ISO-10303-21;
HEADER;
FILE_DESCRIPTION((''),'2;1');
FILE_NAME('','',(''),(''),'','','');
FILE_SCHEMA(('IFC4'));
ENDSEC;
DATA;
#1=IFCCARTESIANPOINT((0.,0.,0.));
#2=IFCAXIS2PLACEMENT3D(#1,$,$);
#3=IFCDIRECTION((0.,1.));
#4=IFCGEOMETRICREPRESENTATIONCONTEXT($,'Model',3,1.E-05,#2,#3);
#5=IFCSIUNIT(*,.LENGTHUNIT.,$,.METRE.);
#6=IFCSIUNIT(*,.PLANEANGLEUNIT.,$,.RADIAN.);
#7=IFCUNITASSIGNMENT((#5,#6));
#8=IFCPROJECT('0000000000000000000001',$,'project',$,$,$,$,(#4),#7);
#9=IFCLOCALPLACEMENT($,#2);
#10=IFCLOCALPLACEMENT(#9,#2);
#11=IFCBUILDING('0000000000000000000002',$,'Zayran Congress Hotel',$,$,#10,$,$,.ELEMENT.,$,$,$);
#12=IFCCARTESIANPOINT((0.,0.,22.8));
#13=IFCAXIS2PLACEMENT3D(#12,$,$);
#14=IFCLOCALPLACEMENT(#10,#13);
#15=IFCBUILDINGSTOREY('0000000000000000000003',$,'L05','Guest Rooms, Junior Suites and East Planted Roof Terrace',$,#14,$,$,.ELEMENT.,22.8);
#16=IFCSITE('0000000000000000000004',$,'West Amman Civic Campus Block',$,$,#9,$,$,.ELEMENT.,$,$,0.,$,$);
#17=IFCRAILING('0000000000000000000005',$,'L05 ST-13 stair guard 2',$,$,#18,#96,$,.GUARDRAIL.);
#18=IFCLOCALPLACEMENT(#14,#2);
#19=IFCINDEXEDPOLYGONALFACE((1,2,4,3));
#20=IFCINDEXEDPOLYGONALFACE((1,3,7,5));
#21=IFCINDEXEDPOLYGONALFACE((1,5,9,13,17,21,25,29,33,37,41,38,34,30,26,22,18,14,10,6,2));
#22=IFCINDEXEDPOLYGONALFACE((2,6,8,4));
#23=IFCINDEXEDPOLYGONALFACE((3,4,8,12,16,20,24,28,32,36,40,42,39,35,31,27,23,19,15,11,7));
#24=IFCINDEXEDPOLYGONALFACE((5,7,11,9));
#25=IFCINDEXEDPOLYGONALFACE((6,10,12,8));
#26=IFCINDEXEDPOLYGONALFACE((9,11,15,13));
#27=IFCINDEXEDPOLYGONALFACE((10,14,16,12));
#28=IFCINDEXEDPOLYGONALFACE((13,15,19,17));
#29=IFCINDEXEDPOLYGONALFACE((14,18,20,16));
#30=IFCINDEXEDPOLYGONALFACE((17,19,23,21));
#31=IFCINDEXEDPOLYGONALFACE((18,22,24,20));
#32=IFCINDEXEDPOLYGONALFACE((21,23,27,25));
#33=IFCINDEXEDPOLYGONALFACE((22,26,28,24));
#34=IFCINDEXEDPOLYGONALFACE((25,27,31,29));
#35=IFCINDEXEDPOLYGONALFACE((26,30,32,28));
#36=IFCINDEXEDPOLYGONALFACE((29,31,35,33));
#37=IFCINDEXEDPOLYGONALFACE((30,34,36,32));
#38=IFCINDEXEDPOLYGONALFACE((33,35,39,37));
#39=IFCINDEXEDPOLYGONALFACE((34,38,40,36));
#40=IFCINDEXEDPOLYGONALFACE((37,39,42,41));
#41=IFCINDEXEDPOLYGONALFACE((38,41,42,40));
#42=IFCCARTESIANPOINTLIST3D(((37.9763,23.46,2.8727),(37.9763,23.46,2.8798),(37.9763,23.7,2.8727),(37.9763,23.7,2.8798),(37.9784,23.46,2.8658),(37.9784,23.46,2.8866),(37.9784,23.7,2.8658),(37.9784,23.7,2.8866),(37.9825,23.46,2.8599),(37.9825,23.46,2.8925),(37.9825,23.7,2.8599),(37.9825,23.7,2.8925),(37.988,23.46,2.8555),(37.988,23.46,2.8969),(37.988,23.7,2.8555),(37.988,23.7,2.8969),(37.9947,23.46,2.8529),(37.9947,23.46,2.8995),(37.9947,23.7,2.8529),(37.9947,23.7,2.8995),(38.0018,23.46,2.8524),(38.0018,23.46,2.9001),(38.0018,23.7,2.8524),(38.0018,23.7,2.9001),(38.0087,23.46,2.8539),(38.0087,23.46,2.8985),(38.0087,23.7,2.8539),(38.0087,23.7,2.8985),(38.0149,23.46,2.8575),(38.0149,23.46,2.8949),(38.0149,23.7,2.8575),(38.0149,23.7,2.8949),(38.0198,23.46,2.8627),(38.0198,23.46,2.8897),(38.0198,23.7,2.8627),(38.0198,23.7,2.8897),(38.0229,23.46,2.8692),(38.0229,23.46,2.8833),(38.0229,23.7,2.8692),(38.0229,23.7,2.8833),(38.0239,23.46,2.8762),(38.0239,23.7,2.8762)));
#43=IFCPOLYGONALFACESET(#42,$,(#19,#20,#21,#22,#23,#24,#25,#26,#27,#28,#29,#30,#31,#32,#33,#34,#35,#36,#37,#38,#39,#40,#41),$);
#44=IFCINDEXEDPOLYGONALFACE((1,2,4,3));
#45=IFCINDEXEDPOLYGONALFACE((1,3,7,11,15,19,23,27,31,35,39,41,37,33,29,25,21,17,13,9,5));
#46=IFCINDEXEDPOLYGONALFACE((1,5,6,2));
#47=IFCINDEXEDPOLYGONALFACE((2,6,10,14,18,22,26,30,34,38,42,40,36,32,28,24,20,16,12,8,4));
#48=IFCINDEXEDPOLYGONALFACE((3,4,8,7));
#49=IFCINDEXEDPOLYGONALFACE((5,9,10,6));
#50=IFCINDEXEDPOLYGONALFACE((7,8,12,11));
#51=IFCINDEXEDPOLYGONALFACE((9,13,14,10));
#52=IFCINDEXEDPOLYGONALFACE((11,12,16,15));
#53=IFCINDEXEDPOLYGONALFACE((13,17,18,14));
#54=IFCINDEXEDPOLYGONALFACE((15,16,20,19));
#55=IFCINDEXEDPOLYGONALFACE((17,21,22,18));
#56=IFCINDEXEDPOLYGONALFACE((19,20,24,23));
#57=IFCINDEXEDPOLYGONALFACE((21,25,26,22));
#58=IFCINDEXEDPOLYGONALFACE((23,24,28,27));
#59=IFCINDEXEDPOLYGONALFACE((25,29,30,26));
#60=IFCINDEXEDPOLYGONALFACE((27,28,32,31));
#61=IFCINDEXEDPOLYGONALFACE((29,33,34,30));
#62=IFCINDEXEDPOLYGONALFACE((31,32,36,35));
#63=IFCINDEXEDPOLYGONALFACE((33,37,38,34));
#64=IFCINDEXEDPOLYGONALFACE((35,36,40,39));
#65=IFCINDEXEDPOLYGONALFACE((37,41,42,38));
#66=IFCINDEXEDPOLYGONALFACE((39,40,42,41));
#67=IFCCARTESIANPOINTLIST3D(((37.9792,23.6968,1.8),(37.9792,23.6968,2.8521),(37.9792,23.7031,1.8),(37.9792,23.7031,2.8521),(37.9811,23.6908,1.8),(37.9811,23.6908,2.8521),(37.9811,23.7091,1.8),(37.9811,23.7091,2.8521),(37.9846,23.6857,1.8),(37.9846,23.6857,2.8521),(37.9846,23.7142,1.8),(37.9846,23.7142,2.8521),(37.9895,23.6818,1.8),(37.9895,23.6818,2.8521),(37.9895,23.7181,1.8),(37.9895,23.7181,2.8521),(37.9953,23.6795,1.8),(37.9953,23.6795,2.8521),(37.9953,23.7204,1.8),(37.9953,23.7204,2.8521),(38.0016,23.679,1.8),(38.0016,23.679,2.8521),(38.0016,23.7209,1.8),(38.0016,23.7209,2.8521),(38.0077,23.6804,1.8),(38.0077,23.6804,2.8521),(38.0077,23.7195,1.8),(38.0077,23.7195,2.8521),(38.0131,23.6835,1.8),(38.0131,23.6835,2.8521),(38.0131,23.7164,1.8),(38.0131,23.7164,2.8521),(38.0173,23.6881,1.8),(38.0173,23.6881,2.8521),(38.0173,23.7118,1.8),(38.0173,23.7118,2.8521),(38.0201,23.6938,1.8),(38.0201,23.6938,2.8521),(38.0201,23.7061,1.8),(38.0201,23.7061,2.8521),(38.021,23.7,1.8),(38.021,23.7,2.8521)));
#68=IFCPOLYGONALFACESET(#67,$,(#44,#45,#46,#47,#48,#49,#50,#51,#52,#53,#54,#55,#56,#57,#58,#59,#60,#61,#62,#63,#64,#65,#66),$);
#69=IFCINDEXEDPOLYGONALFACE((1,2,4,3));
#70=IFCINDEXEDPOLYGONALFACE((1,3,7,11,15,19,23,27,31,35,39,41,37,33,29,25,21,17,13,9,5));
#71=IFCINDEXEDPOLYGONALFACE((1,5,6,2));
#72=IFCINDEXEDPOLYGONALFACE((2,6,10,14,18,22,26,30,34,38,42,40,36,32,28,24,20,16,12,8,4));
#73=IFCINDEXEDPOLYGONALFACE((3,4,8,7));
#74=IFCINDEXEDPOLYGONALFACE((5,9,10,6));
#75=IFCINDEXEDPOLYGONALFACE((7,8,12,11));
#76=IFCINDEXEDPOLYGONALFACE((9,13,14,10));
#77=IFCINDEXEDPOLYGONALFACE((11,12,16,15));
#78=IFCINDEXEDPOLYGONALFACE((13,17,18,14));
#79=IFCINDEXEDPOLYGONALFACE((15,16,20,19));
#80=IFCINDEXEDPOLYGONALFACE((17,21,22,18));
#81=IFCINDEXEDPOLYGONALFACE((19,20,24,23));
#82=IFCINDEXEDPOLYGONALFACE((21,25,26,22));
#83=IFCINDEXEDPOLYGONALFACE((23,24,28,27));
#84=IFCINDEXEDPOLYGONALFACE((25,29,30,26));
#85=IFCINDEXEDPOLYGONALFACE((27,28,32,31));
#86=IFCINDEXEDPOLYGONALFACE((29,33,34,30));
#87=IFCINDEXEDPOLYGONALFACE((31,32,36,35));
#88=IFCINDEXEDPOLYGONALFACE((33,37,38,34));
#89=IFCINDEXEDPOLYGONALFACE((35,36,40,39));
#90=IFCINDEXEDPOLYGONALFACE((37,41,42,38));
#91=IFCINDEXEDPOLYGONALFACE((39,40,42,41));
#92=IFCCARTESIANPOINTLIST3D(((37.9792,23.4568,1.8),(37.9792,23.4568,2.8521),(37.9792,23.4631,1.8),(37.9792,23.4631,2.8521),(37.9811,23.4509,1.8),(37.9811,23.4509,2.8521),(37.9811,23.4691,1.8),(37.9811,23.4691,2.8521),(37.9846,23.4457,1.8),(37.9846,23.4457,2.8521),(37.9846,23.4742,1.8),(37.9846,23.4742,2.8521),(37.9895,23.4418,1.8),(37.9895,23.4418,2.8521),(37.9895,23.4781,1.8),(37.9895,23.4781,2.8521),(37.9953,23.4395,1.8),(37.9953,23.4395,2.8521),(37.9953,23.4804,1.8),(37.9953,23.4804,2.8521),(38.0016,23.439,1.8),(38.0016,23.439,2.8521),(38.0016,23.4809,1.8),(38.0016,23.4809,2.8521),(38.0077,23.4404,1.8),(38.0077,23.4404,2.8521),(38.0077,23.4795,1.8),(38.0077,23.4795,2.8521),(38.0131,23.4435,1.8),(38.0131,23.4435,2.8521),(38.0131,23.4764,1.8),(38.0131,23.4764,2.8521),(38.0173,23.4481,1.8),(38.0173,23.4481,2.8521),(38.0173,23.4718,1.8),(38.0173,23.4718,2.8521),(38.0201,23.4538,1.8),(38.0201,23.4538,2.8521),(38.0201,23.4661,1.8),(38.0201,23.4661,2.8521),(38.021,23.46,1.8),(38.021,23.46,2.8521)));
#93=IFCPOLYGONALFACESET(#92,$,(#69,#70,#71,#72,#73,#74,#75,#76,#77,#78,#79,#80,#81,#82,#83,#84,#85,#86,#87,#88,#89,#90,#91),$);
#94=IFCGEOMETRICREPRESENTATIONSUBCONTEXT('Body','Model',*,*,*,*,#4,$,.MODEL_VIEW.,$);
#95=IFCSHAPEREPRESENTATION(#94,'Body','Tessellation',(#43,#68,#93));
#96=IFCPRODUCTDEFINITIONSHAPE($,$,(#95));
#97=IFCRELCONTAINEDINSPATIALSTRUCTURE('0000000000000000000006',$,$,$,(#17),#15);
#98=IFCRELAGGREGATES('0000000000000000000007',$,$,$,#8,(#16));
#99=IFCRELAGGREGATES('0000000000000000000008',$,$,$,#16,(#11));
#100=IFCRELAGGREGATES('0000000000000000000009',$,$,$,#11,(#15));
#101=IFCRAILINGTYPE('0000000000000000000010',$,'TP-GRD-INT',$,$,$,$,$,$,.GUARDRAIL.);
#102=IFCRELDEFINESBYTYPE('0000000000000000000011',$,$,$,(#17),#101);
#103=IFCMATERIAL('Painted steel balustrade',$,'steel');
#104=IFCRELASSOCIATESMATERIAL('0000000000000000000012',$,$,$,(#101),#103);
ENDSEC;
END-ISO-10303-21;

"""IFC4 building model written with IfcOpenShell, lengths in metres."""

from ifc_helpers import new_model, si_unit, direction, frame, origin, origin_2d, place, context, subcontext, project, spatial, circle, extrude, material, type_object, element, save


model = new_model("IFC4")

# Units and contexts
model_context = context("Model", 3, precision=1e-05, world=origin(), true_north=direction((0.0, 1.0)))
body_context = subcontext(model_context, "Body", "Model", "MODEL_VIEW")
ifc_project = project(units=[si_unit("LENGTHUNIT", "METRE"), si_unit("PLANEANGLEUNIT", "RADIAN")], contexts=[model_context])

# Site, building, storey
site_placement = place(None, origin())
site = spatial("IfcSite", under=ifc_project, at=site_placement, Name="West Amman Civic Campus Block", CompositionType="ELEMENT", RefElevation=0.0)
building_placement = place(site_placement, origin())
building = spatial("IfcBuilding", under=site, at=building_placement, Name="Zayran Congress Hotel", CompositionType="ELEMENT")
storey_placement = place(building_placement, frame((0.0, 0.0, 22.8)))
storey = spatial("IfcBuildingStorey", under=building, at=storey_placement, Name="L05", Description="Guest Rooms, Junior Suites and East Planted Roof Terrace", CompositionType="ELEMENT", Elevation=22.8)

# Railing
ifc_material_1 = material(Name="Painted steel balustrade", Category="steel")
railing_type_1 = type_object("IfcRailingType", Name="TP-GRD-INT", PredefinedType="GUARDRAIL", material=ifc_material_1)
railing_1_placement = place(storey_placement, frame((38.0, 23.7, 1.8)))
element("IfcRailing", 1, at=railing_1_placement, inside=storey, type_object=railing_type_1, Name="L05 ST-13 stair guard 2", PredefinedType="GUARDRAIL", context=body_context, shape_type="SweptSolid", body=[
    extrude(circle(Radius=0.0239, at=origin_2d()), frame((0.0, 0.0, 1.0762), z_axis=(0.0, -1.0, 0.0), x_axis=(1.0, 0.0, 0.0)), (0.0, 0.0, 1.0), 0.24),
    extrude(circle(Radius=0.021, at=origin_2d()), origin(), (0.0, 0.0, 1.0), 1.052),
    extrude(circle(Radius=0.021, at=origin_2d()), frame((0.0, -0.24, 0.0)), (0.0, 0.0, 1.0), 1.052),
])

save(model, "model.ifc")
